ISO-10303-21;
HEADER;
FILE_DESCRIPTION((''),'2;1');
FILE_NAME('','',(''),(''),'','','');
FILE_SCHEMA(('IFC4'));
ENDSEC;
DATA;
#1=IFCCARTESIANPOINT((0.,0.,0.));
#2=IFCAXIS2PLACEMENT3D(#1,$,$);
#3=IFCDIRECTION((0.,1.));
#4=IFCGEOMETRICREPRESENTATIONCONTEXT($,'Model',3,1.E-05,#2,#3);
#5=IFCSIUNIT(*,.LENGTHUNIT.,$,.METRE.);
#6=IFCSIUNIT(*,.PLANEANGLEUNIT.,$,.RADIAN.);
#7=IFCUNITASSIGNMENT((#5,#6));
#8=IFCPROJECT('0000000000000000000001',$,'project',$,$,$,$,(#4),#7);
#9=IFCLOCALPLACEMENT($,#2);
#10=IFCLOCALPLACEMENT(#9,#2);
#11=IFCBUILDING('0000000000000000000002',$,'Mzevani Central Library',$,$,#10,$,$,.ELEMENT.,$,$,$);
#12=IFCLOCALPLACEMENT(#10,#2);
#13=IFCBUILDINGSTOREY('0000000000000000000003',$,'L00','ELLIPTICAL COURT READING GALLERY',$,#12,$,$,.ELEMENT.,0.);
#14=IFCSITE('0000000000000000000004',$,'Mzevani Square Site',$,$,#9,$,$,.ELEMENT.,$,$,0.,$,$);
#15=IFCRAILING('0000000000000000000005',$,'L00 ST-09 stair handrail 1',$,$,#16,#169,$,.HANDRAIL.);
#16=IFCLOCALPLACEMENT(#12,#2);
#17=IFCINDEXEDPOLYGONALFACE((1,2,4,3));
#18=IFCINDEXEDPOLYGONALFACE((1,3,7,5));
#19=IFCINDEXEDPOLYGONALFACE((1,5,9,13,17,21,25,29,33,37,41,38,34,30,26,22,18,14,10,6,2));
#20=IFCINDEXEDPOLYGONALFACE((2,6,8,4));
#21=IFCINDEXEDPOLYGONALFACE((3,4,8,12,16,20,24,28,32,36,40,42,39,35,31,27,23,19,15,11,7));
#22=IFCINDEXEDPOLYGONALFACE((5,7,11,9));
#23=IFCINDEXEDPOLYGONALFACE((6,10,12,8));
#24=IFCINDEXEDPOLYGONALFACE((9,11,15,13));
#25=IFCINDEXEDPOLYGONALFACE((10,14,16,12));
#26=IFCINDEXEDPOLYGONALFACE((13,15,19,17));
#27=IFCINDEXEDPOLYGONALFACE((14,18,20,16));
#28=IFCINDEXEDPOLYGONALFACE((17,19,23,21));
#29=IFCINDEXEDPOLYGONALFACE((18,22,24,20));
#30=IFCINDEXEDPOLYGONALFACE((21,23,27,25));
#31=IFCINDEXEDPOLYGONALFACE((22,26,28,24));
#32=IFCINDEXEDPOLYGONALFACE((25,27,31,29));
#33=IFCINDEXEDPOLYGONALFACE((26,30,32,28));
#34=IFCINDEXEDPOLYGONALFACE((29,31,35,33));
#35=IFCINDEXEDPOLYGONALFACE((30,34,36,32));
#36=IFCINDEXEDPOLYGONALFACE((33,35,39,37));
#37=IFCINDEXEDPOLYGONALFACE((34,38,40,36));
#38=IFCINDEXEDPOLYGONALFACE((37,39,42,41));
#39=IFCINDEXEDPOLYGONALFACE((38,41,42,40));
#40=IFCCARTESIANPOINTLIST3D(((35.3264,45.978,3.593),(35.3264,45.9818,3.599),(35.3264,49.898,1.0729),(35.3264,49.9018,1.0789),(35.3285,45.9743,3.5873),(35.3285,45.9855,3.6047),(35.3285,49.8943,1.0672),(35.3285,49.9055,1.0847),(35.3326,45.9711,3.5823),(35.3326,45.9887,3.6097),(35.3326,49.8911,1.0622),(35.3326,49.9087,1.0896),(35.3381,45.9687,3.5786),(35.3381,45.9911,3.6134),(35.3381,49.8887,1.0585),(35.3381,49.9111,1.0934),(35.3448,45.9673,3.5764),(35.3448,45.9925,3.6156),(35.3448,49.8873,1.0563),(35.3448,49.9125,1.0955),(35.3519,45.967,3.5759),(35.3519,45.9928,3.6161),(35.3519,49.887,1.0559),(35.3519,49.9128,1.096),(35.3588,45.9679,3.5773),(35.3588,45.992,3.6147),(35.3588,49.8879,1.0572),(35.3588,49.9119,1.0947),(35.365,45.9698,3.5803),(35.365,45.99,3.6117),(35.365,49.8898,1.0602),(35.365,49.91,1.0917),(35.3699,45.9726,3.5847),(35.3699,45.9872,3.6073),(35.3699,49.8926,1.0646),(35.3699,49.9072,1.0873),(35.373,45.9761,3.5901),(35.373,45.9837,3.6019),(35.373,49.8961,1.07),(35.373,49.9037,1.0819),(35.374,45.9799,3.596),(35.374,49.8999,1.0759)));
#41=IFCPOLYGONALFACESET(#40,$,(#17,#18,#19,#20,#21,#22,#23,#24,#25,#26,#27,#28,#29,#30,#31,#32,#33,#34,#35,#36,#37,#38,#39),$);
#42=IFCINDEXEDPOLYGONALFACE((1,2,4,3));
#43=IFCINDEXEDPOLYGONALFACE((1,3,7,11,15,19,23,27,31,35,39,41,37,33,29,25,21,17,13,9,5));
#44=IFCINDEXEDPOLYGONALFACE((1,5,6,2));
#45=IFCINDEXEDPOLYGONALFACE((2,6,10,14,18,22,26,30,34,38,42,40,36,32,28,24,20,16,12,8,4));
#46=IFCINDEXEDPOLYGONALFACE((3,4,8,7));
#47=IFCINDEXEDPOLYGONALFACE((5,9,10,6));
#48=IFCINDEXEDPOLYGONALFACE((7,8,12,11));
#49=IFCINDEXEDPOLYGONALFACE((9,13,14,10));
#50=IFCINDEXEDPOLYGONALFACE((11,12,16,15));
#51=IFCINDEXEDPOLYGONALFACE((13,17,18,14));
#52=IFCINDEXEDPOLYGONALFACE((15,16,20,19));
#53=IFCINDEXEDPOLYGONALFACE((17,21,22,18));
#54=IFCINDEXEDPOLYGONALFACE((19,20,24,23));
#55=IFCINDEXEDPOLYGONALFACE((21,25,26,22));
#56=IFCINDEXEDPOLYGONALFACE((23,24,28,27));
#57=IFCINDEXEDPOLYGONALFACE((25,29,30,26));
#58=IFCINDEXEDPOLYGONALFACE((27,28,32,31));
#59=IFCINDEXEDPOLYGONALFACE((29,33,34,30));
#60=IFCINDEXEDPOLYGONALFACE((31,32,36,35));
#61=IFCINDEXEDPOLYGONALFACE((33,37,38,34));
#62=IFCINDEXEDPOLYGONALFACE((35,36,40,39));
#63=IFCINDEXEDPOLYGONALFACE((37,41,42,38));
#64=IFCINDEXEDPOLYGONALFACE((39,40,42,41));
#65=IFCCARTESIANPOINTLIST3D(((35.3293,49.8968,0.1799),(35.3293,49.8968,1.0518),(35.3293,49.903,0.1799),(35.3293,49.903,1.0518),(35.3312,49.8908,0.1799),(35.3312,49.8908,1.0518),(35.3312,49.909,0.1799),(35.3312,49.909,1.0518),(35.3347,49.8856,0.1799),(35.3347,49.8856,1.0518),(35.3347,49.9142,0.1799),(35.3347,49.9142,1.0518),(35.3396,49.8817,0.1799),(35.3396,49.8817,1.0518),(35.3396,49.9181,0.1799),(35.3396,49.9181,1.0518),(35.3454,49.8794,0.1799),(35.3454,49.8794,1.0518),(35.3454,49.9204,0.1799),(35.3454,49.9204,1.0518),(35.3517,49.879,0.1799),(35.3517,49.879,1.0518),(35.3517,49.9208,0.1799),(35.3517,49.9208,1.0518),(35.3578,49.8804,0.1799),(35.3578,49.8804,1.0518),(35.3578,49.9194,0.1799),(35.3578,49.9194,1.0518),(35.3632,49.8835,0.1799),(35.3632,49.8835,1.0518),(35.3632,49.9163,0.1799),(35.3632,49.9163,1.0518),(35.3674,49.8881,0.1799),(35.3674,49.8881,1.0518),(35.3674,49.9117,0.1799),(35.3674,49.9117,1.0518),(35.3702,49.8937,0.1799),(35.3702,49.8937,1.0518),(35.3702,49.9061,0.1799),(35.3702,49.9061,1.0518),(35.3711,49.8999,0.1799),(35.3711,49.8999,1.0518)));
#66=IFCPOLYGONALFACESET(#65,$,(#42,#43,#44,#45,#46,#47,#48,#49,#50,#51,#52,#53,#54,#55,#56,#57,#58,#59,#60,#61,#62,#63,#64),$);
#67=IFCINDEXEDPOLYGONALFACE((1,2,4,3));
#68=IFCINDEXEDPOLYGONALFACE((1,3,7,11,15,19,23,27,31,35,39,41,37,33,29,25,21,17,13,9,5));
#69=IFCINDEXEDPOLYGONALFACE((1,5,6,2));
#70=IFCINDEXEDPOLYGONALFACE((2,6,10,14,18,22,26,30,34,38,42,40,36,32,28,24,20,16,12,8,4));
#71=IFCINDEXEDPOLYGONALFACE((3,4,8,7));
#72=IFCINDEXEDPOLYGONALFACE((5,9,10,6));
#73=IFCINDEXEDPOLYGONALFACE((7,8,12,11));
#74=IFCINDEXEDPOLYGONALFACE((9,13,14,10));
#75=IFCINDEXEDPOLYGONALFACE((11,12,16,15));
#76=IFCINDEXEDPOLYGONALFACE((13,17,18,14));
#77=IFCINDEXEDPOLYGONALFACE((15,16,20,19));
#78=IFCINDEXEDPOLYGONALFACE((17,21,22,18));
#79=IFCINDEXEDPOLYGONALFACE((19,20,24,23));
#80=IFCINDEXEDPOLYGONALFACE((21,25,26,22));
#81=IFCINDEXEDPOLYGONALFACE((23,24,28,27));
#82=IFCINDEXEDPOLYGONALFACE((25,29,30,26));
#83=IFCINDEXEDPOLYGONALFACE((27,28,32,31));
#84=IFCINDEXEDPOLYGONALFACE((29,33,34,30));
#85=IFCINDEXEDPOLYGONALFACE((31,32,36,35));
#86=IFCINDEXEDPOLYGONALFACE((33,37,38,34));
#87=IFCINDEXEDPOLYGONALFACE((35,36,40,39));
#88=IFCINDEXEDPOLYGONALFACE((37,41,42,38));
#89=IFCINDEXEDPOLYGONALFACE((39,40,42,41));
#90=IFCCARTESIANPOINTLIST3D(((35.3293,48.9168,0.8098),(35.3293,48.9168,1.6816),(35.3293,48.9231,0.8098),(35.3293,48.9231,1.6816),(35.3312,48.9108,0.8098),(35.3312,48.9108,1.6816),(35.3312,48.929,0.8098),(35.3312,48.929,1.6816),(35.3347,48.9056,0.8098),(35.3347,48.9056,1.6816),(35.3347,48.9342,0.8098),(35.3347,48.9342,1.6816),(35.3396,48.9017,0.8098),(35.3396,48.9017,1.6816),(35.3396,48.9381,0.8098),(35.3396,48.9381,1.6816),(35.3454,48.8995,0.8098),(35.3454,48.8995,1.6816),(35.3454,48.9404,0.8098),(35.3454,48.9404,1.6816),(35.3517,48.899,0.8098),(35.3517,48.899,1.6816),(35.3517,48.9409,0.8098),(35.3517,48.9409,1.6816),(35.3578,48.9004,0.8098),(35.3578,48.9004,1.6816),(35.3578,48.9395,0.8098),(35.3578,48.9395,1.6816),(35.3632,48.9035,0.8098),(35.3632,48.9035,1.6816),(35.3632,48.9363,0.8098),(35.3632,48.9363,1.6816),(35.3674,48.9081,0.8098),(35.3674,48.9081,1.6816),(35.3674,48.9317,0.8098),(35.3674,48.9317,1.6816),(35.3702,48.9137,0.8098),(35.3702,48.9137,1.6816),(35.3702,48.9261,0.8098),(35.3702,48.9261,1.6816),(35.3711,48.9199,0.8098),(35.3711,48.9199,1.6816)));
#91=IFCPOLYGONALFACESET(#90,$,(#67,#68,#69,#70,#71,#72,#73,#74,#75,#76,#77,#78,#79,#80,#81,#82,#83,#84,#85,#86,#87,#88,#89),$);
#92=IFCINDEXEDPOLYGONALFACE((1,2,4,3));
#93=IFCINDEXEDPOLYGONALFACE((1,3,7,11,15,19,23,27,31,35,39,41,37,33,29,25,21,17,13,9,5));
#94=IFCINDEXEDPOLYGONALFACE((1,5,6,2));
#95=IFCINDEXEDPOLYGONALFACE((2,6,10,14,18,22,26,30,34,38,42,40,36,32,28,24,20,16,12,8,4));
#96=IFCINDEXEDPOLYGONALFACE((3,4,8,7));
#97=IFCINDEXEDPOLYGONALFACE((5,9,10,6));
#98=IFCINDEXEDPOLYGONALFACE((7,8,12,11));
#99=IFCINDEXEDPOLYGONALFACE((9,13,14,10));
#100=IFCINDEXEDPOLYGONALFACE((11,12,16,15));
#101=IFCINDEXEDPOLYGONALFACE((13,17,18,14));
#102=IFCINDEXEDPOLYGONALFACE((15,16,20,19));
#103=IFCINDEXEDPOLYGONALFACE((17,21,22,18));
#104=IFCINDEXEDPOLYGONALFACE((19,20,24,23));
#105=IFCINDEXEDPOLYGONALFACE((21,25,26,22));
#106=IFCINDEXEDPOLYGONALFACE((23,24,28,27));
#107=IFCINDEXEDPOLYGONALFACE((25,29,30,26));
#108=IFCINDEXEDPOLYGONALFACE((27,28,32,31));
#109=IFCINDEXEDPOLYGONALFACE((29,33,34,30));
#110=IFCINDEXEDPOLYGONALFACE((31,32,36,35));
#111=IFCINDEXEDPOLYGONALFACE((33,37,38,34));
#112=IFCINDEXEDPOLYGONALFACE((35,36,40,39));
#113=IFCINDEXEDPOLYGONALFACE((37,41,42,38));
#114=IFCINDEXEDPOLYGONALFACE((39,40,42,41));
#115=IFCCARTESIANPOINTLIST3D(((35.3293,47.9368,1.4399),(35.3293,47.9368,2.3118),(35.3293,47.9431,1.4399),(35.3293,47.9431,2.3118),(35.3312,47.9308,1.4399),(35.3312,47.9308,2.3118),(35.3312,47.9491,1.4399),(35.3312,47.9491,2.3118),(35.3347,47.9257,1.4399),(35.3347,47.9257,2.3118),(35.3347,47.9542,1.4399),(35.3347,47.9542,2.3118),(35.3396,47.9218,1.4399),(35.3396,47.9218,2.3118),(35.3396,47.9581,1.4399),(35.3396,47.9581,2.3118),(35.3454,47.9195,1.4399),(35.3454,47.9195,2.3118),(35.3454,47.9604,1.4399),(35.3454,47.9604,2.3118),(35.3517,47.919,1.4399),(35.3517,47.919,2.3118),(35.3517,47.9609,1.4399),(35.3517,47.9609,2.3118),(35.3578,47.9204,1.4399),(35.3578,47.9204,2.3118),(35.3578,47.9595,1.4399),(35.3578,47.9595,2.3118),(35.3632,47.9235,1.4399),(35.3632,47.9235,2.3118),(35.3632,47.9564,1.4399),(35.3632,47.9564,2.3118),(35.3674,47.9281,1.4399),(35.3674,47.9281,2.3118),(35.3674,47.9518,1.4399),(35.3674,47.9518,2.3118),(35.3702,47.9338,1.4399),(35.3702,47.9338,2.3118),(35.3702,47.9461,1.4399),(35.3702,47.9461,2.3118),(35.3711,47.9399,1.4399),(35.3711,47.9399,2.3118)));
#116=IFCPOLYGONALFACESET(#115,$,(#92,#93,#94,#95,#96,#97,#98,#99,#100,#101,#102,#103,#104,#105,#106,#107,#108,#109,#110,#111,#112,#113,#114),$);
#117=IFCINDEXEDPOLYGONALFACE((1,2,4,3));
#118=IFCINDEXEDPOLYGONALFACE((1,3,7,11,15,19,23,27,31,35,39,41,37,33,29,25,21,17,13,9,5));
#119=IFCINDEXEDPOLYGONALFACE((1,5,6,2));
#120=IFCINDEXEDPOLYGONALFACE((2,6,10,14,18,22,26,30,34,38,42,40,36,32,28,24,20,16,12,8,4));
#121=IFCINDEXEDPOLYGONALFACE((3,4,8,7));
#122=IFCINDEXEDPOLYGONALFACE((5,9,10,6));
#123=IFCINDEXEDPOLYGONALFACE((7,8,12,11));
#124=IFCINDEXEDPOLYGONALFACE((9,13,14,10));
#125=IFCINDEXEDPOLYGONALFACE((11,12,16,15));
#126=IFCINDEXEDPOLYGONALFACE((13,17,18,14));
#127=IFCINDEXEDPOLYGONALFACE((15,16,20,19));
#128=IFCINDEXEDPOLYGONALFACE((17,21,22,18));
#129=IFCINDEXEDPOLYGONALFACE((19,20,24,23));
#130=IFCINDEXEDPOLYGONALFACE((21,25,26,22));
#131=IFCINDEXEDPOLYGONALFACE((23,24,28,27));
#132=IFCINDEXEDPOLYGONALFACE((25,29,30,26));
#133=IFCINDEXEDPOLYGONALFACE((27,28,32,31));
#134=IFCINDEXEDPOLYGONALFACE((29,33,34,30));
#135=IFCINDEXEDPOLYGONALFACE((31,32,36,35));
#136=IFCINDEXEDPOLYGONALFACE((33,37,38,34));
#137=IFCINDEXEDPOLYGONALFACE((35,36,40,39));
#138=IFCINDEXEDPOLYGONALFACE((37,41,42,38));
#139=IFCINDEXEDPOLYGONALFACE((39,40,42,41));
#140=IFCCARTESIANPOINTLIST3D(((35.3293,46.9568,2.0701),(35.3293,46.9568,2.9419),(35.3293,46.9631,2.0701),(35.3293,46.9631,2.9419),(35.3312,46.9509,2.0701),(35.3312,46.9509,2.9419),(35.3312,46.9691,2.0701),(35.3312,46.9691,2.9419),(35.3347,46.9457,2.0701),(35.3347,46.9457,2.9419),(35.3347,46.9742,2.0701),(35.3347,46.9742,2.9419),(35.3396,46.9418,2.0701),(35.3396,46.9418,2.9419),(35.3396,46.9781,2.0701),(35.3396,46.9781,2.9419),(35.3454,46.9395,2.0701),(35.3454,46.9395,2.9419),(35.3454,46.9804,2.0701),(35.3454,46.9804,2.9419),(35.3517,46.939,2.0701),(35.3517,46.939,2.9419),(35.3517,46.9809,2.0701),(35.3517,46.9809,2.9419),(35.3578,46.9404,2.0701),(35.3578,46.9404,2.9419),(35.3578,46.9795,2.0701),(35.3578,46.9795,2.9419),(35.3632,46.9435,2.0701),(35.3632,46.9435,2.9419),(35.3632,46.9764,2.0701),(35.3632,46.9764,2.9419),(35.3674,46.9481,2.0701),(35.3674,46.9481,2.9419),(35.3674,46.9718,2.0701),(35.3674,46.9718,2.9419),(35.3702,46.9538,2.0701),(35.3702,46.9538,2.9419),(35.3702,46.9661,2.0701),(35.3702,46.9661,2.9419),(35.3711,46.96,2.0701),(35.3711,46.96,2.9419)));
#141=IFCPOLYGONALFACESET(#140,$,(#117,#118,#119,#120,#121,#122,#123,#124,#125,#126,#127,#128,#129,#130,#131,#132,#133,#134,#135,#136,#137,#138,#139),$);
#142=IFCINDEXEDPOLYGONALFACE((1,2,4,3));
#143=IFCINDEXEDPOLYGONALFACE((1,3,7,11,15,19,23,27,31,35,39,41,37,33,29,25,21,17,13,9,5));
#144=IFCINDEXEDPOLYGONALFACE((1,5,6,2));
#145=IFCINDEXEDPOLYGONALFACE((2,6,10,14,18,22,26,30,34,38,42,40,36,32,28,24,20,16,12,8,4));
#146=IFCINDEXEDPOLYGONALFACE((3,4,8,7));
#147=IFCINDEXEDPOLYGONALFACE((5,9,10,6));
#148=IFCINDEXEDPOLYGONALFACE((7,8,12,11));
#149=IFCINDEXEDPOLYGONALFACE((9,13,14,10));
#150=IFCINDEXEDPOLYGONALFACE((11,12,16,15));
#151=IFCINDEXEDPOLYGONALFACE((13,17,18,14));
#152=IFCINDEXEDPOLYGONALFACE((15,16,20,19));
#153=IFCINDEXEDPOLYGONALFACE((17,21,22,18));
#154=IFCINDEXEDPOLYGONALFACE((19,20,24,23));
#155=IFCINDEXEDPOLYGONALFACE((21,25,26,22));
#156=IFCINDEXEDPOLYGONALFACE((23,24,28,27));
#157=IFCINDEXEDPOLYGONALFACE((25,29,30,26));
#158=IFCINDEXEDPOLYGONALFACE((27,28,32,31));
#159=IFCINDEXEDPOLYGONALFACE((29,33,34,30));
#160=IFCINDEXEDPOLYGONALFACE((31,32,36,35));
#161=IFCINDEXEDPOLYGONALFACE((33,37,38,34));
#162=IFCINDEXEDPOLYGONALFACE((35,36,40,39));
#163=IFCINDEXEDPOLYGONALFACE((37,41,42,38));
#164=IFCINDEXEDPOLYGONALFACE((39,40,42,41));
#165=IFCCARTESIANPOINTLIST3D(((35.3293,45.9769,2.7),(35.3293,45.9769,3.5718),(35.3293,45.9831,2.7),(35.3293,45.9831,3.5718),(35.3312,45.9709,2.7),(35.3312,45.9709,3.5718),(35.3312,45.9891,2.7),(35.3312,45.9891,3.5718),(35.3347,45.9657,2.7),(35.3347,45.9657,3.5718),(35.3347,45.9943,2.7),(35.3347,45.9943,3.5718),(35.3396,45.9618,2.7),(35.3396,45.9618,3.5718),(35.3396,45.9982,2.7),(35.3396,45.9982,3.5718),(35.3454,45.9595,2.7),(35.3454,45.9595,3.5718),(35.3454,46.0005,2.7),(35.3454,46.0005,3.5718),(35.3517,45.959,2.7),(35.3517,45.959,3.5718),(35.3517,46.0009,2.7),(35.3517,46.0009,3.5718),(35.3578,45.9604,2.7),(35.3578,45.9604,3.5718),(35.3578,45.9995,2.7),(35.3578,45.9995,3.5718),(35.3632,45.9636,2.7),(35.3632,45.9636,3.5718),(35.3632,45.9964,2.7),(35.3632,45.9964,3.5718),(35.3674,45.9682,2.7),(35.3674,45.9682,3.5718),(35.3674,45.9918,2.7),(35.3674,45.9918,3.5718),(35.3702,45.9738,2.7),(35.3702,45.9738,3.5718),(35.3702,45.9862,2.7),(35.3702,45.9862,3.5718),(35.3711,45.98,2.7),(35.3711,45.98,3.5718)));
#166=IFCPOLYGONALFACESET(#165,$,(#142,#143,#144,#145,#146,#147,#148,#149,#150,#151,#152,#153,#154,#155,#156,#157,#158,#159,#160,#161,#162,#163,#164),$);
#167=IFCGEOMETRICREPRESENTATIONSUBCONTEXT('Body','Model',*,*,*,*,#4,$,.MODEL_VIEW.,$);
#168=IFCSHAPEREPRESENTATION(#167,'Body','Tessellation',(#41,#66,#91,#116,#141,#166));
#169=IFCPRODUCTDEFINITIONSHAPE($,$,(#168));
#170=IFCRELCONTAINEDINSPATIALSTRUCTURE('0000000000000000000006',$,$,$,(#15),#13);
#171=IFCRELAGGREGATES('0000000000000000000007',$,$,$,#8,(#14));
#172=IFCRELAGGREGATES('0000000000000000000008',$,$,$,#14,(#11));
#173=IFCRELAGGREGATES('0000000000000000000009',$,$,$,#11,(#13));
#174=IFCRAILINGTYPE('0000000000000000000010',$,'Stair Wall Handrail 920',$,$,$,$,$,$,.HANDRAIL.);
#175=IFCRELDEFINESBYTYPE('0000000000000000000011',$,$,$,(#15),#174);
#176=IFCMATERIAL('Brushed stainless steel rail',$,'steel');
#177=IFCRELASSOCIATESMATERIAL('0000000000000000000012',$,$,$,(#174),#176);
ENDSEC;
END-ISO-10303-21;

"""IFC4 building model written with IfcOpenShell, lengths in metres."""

from ifc_helpers import new_model, si_unit, direction, frame, origin, origin_2d, place, context, subcontext, project, spatial, circle, extrude, material, type_object, element, save


model = new_model("IFC4")

# Units and contexts
model_context = context("Model", 3, precision=1e-05, world=origin(), true_north=direction((0.0, 1.0)))
body_context = subcontext(model_context, "Body", "Model", "MODEL_VIEW")
ifc_project = project(units=[si_unit("LENGTHUNIT", "METRE"), si_unit("PLANEANGLEUNIT", "RADIAN")], contexts=[model_context])

# Site, building, storey
site_placement = place(None, origin())
site = spatial("IfcSite", under=ifc_project, at=site_placement, Name="Mzevani Square Site", CompositionType="ELEMENT", RefElevation=0.0)
building_placement = place(site_placement, origin())
building = spatial("IfcBuilding", under=site, at=building_placement, Name="Mzevani Central Library", CompositionType="ELEMENT")
storey_placement = place(building_placement, origin())
storey = spatial("IfcBuildingStorey", under=building, at=storey_placement, Name="L00", Description="ELLIPTICAL COURT READING GALLERY", CompositionType="ELEMENT", Elevation=0.0)

# Shared definitions
ifc_material_1 = material(Name="Brushed stainless steel rail", Category="steel")

# Railing
railing_type_1 = type_object("IfcRailingType", Name="Stair Wall Handrail 920", PredefinedType="HANDRAIL", material=ifc_material_1)
railing_1_placement = place(storey_placement, frame((35.3501, 49.8999, 0.1799)))
element("IfcRailing", 1, at=railing_1_placement, inside=storey, type_object=railing_type_1, Name="L00 ST-09 stair handrail 1", PredefinedType="HANDRAIL", context=body_context, shape_type="SweptSolid", body=[
    extrude(circle(Radius=0.0239, at=origin_2d()), frame((0.0, 0.0, 0.896), z_axis=(0.0, -0.841172, 0.540768), x_axis=(1.0, 0.0, 0.0)), (0.0, 0.0, 1.0), 4.6602),
    extrude(circle(Radius=0.021, at=origin_2d()), origin(), (0.0, 0.0, 1.0), 0.8718),
    extrude(circle(Radius=0.021, at=origin_2d()), frame((0.0, -0.98, 0.6299)), (0.0, 0.0, 1.0), 0.8718),
    extrude(circle(Radius=0.021, at=origin_2d()), frame((0.0, -1.96, 1.26)), (0.0, 0.0, 1.0), 0.8718),
    extrude(circle(Radius=0.021, at=origin_2d()), frame((0.0, -2.9399, 1.8901)), (0.0, 0.0, 1.0), 0.8718),
    extrude(circle(Radius=0.021, at=origin_2d()), frame((0.0, -3.9199, 2.52)), (0.0, 0.0, 1.0), 0.8718),
])

save(model, "model.ifc")
